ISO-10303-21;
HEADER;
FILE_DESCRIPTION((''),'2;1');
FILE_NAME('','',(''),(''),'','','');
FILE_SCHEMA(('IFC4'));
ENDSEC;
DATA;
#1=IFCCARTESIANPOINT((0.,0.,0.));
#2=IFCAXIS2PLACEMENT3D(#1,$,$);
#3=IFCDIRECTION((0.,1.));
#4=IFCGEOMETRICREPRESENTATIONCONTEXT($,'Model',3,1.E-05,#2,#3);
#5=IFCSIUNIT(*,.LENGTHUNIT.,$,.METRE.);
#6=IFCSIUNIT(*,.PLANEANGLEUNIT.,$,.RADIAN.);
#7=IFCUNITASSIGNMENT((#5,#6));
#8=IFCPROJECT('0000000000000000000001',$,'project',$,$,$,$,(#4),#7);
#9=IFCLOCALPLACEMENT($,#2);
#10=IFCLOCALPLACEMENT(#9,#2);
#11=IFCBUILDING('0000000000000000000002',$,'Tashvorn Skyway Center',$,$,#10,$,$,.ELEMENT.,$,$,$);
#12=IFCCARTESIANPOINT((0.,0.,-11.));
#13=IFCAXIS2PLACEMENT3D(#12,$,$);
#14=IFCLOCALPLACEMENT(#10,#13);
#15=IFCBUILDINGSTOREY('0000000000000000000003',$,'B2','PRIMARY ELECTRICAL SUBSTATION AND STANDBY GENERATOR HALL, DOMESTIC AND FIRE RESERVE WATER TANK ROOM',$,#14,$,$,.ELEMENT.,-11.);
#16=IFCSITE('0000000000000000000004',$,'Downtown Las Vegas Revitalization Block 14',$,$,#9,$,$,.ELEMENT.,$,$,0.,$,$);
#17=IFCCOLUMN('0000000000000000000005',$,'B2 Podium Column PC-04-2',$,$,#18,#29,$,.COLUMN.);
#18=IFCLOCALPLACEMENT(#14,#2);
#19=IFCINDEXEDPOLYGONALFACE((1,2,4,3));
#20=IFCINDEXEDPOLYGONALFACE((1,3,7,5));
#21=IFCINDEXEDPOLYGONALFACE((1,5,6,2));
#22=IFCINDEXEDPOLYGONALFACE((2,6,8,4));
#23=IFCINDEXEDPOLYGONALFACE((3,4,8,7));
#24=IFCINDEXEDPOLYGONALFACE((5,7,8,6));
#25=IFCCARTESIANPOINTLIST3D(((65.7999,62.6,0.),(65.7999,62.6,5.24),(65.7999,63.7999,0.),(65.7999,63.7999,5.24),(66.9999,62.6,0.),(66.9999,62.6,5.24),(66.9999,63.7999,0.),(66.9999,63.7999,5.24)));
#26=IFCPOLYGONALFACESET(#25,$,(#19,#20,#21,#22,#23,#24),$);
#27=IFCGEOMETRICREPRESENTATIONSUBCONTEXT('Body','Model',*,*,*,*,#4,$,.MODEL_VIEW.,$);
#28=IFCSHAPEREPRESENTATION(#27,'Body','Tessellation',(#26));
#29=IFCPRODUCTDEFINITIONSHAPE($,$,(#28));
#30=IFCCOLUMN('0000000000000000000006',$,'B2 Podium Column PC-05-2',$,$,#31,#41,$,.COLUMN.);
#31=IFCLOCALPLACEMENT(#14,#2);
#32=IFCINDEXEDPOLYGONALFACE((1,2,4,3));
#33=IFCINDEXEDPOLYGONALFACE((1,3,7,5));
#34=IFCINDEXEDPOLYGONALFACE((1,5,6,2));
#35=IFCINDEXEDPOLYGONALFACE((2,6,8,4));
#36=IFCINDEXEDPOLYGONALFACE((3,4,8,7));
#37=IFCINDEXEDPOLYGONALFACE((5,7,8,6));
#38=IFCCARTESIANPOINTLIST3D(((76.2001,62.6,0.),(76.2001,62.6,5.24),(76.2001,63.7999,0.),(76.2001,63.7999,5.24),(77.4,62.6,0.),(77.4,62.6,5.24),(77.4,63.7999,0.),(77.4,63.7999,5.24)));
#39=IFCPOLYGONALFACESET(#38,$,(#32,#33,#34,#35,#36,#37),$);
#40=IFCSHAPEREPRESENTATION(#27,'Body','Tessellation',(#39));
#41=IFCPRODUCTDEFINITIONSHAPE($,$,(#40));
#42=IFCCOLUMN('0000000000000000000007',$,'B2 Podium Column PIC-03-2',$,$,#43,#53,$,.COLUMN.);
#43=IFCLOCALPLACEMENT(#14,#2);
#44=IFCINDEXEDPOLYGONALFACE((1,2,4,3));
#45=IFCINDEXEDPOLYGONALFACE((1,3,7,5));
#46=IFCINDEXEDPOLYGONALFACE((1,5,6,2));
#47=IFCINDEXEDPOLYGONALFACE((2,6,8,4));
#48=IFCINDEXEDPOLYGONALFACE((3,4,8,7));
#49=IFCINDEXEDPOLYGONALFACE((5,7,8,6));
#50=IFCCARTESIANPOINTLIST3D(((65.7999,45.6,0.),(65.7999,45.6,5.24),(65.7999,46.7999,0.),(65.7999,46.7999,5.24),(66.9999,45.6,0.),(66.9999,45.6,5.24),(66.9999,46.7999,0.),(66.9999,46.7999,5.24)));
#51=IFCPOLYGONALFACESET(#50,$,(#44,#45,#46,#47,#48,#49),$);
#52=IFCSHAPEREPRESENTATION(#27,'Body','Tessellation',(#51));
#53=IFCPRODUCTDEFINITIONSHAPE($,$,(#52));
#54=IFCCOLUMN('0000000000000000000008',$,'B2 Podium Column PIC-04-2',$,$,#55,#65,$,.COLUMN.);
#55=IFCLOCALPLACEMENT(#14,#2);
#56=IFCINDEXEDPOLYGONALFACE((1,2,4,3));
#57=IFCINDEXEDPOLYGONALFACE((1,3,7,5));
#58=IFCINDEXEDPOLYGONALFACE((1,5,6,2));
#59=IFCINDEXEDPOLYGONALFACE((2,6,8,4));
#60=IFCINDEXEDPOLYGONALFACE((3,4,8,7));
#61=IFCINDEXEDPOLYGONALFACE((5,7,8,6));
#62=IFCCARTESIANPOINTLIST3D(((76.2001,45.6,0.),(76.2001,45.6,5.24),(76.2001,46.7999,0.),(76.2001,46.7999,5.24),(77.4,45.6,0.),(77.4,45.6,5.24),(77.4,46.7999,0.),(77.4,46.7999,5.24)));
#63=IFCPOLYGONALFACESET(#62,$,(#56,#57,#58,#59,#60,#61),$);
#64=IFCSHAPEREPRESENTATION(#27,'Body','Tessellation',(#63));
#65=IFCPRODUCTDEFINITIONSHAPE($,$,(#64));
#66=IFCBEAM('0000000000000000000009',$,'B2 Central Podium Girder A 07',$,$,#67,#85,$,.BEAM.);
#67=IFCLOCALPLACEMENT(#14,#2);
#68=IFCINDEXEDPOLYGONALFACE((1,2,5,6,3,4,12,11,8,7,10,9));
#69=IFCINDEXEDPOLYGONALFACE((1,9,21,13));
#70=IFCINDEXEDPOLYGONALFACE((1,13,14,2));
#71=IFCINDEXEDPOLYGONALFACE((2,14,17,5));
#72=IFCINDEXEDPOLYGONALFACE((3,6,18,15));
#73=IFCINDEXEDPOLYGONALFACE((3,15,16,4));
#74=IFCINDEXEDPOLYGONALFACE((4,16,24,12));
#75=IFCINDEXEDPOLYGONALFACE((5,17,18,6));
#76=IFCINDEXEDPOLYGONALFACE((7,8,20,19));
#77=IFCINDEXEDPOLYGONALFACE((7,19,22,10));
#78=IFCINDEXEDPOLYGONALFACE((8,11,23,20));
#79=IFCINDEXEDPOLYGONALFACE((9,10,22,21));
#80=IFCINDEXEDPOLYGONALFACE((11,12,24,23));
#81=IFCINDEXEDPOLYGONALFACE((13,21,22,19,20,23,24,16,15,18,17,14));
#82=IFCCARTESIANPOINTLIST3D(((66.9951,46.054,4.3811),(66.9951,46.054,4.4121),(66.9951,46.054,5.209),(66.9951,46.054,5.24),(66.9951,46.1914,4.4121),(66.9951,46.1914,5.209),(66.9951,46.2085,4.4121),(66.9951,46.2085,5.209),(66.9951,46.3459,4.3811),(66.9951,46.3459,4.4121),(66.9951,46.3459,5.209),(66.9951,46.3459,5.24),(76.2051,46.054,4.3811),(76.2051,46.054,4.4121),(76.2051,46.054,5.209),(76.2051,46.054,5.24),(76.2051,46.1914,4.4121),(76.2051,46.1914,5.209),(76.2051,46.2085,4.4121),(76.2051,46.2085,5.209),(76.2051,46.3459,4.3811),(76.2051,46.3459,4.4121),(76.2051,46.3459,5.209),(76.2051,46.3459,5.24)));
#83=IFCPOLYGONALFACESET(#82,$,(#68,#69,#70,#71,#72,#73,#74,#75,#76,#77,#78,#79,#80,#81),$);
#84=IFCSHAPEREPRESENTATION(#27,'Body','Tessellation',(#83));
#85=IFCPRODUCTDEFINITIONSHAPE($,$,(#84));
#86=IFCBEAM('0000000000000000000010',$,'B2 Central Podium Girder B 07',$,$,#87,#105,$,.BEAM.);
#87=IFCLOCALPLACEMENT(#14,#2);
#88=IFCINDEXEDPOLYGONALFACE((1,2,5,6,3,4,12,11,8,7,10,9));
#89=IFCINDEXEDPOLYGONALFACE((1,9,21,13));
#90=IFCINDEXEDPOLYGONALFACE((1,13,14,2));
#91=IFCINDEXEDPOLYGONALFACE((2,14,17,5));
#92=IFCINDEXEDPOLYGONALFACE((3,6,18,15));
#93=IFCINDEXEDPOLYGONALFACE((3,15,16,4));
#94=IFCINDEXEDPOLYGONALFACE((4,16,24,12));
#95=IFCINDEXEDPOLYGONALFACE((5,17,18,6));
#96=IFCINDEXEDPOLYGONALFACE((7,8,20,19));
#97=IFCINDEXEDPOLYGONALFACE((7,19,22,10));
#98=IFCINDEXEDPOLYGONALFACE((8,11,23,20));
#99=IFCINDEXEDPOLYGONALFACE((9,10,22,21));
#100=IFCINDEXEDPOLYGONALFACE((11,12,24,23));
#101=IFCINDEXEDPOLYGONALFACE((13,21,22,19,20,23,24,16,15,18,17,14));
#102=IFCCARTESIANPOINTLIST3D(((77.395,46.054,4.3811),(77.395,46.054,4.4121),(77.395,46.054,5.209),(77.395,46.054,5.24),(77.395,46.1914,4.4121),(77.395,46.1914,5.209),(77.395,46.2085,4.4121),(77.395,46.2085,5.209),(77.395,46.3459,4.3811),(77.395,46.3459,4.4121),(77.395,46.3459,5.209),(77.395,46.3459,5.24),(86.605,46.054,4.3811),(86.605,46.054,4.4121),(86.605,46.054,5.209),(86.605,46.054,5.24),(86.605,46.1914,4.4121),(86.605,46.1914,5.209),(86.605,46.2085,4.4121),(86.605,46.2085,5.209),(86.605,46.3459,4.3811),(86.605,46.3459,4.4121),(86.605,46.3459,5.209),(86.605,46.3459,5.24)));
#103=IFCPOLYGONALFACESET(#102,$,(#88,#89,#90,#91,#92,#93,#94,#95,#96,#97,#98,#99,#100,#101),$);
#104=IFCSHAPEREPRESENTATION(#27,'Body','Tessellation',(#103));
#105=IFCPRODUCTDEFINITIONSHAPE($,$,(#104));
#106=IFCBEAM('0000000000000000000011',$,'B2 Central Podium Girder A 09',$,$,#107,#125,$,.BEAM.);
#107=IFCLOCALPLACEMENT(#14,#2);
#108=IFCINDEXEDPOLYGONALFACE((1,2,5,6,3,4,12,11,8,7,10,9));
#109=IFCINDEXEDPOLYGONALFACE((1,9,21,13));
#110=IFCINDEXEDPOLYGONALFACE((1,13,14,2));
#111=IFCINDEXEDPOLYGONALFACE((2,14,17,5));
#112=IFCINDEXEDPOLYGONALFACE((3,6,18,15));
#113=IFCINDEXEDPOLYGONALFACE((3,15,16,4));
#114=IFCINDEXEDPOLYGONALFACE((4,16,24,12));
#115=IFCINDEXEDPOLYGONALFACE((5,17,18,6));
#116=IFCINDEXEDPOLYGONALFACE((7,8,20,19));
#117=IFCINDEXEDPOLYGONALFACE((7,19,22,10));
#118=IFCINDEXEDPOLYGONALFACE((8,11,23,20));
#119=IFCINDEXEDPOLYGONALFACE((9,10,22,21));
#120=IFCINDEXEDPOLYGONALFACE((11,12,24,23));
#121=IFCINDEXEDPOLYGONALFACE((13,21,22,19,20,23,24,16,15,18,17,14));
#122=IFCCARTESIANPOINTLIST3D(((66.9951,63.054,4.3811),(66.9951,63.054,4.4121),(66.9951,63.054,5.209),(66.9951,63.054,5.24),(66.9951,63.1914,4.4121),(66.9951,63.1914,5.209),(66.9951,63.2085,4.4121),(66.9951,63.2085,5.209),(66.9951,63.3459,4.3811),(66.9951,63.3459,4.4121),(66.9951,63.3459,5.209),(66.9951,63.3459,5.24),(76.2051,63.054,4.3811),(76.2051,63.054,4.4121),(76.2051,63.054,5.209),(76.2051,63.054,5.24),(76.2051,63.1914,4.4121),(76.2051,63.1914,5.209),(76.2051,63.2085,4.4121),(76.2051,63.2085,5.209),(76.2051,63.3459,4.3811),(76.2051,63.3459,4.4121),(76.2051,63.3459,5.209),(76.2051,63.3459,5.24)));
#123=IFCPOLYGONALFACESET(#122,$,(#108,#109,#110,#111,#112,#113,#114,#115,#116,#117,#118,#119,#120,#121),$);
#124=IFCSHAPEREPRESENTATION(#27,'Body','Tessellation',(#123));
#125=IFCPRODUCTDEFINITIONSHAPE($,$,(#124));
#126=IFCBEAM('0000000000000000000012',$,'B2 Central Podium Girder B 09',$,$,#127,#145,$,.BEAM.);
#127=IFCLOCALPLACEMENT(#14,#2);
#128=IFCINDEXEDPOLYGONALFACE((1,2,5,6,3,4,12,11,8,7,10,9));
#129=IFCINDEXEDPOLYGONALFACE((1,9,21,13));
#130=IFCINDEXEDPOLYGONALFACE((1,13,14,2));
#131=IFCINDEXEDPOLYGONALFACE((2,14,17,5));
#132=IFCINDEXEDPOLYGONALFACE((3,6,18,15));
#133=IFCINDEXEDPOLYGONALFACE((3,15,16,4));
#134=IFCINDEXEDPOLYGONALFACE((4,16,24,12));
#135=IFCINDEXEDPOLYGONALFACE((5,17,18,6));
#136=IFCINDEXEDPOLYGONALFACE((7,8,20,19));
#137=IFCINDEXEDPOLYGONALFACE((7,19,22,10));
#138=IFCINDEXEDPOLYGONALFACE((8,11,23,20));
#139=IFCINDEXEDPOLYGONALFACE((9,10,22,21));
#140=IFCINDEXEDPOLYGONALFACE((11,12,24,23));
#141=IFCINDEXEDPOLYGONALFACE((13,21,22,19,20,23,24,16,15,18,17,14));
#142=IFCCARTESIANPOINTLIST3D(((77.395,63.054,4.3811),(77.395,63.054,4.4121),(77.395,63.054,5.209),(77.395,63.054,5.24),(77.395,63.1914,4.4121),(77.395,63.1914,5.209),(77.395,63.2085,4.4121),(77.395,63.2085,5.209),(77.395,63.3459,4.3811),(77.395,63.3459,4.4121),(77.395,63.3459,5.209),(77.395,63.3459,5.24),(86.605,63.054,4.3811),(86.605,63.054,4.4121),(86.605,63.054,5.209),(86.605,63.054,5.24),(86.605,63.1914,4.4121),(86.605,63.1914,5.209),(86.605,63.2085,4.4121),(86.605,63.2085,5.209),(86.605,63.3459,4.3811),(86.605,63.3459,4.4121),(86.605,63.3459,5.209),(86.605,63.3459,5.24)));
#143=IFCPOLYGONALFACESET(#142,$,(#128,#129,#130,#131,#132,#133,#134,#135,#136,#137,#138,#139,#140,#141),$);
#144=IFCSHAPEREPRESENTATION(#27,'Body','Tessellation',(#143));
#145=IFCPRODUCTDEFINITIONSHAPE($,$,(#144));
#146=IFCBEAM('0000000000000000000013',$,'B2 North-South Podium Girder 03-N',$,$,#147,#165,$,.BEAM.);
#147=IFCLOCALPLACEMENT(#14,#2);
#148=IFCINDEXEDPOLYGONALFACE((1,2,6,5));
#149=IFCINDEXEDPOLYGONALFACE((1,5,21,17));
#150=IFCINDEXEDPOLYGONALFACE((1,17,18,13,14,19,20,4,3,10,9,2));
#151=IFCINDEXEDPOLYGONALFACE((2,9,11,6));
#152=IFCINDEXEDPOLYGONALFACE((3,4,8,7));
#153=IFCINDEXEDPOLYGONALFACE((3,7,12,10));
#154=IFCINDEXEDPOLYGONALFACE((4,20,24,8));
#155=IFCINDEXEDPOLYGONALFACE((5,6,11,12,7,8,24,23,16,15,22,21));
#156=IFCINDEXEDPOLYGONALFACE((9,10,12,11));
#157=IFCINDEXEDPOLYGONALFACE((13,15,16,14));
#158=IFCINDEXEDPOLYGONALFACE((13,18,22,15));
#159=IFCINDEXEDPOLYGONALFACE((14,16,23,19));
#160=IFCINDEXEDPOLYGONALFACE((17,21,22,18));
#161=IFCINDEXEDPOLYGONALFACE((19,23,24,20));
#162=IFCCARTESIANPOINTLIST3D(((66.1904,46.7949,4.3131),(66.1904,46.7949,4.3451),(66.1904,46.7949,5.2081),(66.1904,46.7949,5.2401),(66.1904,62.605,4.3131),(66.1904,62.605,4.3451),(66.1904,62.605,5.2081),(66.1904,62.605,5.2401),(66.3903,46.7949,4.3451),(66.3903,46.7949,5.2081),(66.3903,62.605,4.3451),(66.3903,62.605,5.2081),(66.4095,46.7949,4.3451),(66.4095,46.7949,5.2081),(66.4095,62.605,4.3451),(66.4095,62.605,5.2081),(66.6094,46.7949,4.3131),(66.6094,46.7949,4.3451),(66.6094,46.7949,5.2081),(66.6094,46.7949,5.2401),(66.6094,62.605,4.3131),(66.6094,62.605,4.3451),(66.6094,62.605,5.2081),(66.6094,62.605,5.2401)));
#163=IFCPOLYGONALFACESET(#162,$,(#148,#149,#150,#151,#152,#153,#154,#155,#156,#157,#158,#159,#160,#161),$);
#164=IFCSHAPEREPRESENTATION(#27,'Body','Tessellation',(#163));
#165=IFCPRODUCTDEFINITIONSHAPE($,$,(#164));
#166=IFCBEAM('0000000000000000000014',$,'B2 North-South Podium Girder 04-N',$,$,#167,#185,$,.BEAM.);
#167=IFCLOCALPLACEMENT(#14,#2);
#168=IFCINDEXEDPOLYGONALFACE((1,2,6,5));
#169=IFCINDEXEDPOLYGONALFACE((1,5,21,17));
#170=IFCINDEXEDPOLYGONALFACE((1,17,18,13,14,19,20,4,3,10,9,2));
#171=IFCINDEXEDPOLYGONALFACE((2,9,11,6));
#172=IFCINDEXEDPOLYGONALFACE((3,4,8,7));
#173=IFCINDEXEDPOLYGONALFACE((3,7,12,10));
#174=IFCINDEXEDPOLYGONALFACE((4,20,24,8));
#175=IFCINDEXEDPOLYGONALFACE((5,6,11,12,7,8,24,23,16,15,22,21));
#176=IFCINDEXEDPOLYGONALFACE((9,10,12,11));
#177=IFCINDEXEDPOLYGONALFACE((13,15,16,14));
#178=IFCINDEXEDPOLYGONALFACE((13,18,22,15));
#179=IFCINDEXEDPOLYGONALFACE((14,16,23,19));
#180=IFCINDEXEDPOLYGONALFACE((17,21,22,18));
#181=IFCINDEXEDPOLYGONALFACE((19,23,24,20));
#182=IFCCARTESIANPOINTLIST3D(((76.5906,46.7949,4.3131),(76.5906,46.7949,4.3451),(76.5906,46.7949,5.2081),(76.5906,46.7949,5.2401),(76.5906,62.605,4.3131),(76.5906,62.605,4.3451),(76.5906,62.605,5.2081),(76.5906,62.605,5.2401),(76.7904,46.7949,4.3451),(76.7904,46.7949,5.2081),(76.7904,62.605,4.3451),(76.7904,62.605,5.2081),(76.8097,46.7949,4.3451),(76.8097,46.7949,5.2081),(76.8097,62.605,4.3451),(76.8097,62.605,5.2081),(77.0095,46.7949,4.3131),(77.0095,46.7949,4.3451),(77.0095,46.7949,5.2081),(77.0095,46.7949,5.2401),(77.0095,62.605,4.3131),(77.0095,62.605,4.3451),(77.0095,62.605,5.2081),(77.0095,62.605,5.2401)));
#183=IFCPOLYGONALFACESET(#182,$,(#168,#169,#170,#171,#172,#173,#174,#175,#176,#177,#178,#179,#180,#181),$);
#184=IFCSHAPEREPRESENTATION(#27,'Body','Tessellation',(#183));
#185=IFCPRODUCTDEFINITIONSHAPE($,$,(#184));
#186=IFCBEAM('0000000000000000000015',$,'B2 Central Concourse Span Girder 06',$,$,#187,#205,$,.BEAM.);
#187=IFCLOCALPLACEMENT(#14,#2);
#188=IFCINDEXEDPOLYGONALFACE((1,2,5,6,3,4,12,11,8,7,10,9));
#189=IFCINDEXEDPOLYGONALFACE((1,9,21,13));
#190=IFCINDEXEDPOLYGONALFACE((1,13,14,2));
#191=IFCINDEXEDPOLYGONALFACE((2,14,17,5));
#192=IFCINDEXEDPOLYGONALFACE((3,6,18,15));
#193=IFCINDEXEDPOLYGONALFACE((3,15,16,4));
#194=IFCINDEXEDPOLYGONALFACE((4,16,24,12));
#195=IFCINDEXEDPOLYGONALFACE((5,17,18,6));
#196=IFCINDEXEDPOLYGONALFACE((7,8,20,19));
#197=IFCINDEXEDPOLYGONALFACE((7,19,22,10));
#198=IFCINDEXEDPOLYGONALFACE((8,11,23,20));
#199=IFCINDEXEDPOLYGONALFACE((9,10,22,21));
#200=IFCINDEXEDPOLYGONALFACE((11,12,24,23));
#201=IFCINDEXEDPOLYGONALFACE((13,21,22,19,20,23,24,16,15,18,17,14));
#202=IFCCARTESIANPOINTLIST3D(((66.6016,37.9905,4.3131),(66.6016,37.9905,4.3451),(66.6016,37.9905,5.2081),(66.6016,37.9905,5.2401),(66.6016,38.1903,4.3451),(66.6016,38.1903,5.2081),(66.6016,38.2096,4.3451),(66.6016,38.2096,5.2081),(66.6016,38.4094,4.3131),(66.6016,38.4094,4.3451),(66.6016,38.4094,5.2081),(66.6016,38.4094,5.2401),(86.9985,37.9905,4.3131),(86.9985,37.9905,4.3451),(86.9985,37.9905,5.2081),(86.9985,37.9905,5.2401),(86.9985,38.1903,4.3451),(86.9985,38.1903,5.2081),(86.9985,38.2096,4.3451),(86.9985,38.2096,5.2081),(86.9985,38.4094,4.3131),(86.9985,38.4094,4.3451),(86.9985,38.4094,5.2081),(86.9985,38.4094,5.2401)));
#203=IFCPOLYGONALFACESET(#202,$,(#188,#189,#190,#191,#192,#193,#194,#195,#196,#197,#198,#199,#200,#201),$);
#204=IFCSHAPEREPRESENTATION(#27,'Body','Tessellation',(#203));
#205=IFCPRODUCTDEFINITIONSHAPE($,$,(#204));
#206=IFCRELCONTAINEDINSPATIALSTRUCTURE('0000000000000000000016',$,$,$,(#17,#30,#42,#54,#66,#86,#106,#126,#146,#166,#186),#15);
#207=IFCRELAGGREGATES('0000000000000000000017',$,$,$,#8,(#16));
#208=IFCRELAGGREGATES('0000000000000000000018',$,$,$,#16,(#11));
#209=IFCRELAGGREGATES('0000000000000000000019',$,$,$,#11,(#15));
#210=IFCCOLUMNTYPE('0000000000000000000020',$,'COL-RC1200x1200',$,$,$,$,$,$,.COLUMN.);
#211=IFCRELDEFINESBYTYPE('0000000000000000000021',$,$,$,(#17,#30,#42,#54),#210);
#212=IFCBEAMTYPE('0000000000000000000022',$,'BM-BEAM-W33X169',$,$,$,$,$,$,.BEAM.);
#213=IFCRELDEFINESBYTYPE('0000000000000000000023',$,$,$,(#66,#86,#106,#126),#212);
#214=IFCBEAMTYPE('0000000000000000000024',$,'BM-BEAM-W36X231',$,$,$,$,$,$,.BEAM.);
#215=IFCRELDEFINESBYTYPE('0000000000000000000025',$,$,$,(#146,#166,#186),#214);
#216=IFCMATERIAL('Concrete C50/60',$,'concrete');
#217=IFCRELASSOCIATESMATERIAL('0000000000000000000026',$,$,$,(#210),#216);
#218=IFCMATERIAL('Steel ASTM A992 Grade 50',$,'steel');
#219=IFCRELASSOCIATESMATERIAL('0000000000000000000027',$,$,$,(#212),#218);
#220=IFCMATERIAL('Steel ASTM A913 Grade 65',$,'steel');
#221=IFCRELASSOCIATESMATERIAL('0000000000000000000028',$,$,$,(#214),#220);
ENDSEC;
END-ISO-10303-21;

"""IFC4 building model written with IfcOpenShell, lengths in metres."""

from ifc_helpers import new_model, si_unit, direction, frame, origin, origin_2d, place, context, subcontext, project, spatial, rectangle, i_section, extrude, material, material_profile, profile_set, type_object, element, save


model = new_model("IFC4")

# Units and contexts
model_context = context("Model", 3, precision=1e-05, world=origin(), true_north=direction((0.0, 1.0)))
body_context = subcontext(model_context, "Body", "Model", "MODEL_VIEW")
ifc_project = project(units=[si_unit("LENGTHUNIT", "METRE"), si_unit("PLANEANGLEUNIT", "RADIAN")], contexts=[model_context])

# Site, building, storey
site_placement = place(None, origin())
site = spatial("IfcSite", under=ifc_project, at=site_placement, Name="Downtown Las Vegas Revitalization Block 14", CompositionType="ELEMENT", RefElevation=0.0)
building_placement = place(site_placement, origin())
building = spatial("IfcBuilding", under=site, at=building_placement, Name="Tashvorn Skyway Center", CompositionType="ELEMENT")
storey_placement = place(building_placement, frame((0.0, 0.0, -11.0)))
storey = spatial("IfcBuildingStorey", under=building, at=storey_placement, Name="B2", Description="PRIMARY ELECTRICAL SUBSTATION AND STANDBY GENERATOR HALL, DOMESTIC AND FIRE RESERVE WATER TANK ROOM", CompositionType="ELEMENT", Elevation=-11.0)

# Shared definitions
ifc_material_1 = material(Name="Concrete C50/60", Category="concrete")

# Columns
ifc_material_profile_1 = material_profile(ifc_material_1, rectangle(XDim=1.2, YDim=1.2, at=origin_2d()), Name="RC1200x1200")
ifc_profile_set_1 = profile_set([ifc_material_profile_1], Name="Concrete C50/60")
column_type_1 = type_object("IfcColumnType", Name="COL-RC1200x1200", PredefinedType="COLUMN", material=ifc_profile_set_1)
for number, where, z_axis, x_axis, name in (
    (1, (66.3999, 63.2, 0.0), (0.0, 0.0, 1.0), (1.0, 0.0, 0.0), "B2 Podium Column PC-04-2"),
    (2, (76.8, 63.2, 0.0), (0.0, 0.0, 1.0), (1.0, 0.0, 0.0), "B2 Podium Column PC-05-2"),
    (3, (66.3999, 46.2, 0.0), (0.0, 0.0, 1.0), (1.0, 0.0, 0.0), "B2 Podium Column PIC-03-2"),
    (4, (76.8, 46.2, 0.0), (0.0, 0.0, 1.0), (1.0, 0.0, 0.0), "B2 Podium Column PIC-04-2"),
):
    element("IfcColumn", number, at=place(storey_placement, frame(where, z_axis=z_axis, x_axis=x_axis)), inside=storey, type_object=column_type_1, Name=name, PredefinedType="COLUMN", context=body_context, shape_type="SweptSolid", body=[
        extrude(rectangle(XDim=1.2, YDim=1.2, at=origin_2d()), origin(), (0.0, 0.0, 1.0), 5.24),
    ])

# Beams
ifc_material_2 = material(Name="Steel ASTM A992 Grade 50", Category="steel")
ifc_material_profile_2 = material_profile(ifc_material_2, i_section(OverallWidth=0.292, OverallDepth=0.8589, WebThickness=0.0171, FlangeThickness=0.031, at=origin_2d()), Name="W33X169")
ifc_profile_set_2 = profile_set([ifc_material_profile_2], Name="Steel ASTM A992 Grade 50")
beam_type_1 = type_object("IfcBeamType", Name="BM-BEAM-W33X169", PredefinedType="BEAM", material=ifc_profile_set_2)
for number, where, z_axis, x_axis, name in (
    (5, (66.9951, 46.2, 4.8105), (1.0, 0.0, 0.0), (0.0, 1.0, 0.0), "B2 Central Podium Girder A 07"),
    (6, (77.395, 46.2, 4.8105), (1.0, 0.0, 0.0), (0.0, 1.0, 0.0), "B2 Central Podium Girder B 07"),
    (7, (66.9951, 63.2, 4.8105), (1.0, 0.0, 0.0), (0.0, 1.0, 0.0), "B2 Central Podium Girder A 09"),
    (8, (77.395, 63.2, 4.8105), (1.0, 0.0, 0.0), (0.0, 1.0, 0.0), "B2 Central Podium Girder B 09"),
):
    element("IfcBeam", number, at=place(storey_placement, frame(where, z_axis=z_axis, x_axis=x_axis)), inside=storey, type_object=beam_type_1, Name=name, PredefinedType="BEAM", context=body_context, shape_type="SweptSolid", body=[
        extrude(i_section(OverallWidth=0.292, OverallDepth=0.8589, WebThickness=0.0171, FlangeThickness=0.031, at=origin_2d()), origin(), (0.0, 0.0, 1.0), 9.21),
    ])
ifc_material_3 = material(Name="Steel ASTM A913 Grade 65", Category="steel")
ifc_material_profile_3 = material_profile(ifc_material_3, i_section(OverallWidth=0.4189, OverallDepth=0.927, WebThickness=0.0193, FlangeThickness=0.032, at=origin_2d()), Name="W36X231")
ifc_profile_set_3 = profile_set([ifc_material_profile_3], Name="Steel ASTM A913 Grade 65")
beam_type_2 = type_object("IfcBeamType", Name="BM-BEAM-W36X231", PredefinedType="BEAM", material=ifc_profile_set_3)
for number, where, z_axis, x_axis, name in (
    (9, (66.3999, 46.7949, 4.7766), (0.0, 1.0, 0.0), (-1.0, 0.0, 0.0), "B2 North-South Podium Girder 03-N"),
    (10, (76.8, 46.7949, 4.7766), (0.0, 1.0, 0.0), (-1.0, 0.0, 0.0), "B2 North-South Podium Girder 04-N"),
):
    element("IfcBeam", number, at=place(storey_placement, frame(where, z_axis=z_axis, x_axis=x_axis)), inside=storey, type_object=beam_type_2, Name=name, PredefinedType="BEAM", context=body_context, shape_type="SweptSolid", body=[
        extrude(i_section(OverallWidth=0.4189, OverallDepth=0.927, WebThickness=0.0193, FlangeThickness=0.032, at=origin_2d()), origin(), (0.0, 0.0, 1.0), 15.8101),
    ])
for number, where, z_axis, x_axis, name in (
    (11, (66.6016, 38.2, 4.7766), (1.0, 0.0, 0.0), (0.0, 1.0, 0.0), "B2 Central Concourse Span Girder 06"),
):
    element("IfcBeam", number, at=place(storey_placement, frame(where, z_axis=z_axis, x_axis=x_axis)), inside=storey, type_object=beam_type_2, Name=name, PredefinedType="BEAM", context=body_context, shape_type="SweptSolid", body=[
        extrude(i_section(OverallWidth=0.4189, OverallDepth=0.927, WebThickness=0.0193, FlangeThickness=0.032, at=origin_2d()), origin(), (0.0, 0.0, 1.0), 20.397),
    ])

save(model, "model.ifc")
